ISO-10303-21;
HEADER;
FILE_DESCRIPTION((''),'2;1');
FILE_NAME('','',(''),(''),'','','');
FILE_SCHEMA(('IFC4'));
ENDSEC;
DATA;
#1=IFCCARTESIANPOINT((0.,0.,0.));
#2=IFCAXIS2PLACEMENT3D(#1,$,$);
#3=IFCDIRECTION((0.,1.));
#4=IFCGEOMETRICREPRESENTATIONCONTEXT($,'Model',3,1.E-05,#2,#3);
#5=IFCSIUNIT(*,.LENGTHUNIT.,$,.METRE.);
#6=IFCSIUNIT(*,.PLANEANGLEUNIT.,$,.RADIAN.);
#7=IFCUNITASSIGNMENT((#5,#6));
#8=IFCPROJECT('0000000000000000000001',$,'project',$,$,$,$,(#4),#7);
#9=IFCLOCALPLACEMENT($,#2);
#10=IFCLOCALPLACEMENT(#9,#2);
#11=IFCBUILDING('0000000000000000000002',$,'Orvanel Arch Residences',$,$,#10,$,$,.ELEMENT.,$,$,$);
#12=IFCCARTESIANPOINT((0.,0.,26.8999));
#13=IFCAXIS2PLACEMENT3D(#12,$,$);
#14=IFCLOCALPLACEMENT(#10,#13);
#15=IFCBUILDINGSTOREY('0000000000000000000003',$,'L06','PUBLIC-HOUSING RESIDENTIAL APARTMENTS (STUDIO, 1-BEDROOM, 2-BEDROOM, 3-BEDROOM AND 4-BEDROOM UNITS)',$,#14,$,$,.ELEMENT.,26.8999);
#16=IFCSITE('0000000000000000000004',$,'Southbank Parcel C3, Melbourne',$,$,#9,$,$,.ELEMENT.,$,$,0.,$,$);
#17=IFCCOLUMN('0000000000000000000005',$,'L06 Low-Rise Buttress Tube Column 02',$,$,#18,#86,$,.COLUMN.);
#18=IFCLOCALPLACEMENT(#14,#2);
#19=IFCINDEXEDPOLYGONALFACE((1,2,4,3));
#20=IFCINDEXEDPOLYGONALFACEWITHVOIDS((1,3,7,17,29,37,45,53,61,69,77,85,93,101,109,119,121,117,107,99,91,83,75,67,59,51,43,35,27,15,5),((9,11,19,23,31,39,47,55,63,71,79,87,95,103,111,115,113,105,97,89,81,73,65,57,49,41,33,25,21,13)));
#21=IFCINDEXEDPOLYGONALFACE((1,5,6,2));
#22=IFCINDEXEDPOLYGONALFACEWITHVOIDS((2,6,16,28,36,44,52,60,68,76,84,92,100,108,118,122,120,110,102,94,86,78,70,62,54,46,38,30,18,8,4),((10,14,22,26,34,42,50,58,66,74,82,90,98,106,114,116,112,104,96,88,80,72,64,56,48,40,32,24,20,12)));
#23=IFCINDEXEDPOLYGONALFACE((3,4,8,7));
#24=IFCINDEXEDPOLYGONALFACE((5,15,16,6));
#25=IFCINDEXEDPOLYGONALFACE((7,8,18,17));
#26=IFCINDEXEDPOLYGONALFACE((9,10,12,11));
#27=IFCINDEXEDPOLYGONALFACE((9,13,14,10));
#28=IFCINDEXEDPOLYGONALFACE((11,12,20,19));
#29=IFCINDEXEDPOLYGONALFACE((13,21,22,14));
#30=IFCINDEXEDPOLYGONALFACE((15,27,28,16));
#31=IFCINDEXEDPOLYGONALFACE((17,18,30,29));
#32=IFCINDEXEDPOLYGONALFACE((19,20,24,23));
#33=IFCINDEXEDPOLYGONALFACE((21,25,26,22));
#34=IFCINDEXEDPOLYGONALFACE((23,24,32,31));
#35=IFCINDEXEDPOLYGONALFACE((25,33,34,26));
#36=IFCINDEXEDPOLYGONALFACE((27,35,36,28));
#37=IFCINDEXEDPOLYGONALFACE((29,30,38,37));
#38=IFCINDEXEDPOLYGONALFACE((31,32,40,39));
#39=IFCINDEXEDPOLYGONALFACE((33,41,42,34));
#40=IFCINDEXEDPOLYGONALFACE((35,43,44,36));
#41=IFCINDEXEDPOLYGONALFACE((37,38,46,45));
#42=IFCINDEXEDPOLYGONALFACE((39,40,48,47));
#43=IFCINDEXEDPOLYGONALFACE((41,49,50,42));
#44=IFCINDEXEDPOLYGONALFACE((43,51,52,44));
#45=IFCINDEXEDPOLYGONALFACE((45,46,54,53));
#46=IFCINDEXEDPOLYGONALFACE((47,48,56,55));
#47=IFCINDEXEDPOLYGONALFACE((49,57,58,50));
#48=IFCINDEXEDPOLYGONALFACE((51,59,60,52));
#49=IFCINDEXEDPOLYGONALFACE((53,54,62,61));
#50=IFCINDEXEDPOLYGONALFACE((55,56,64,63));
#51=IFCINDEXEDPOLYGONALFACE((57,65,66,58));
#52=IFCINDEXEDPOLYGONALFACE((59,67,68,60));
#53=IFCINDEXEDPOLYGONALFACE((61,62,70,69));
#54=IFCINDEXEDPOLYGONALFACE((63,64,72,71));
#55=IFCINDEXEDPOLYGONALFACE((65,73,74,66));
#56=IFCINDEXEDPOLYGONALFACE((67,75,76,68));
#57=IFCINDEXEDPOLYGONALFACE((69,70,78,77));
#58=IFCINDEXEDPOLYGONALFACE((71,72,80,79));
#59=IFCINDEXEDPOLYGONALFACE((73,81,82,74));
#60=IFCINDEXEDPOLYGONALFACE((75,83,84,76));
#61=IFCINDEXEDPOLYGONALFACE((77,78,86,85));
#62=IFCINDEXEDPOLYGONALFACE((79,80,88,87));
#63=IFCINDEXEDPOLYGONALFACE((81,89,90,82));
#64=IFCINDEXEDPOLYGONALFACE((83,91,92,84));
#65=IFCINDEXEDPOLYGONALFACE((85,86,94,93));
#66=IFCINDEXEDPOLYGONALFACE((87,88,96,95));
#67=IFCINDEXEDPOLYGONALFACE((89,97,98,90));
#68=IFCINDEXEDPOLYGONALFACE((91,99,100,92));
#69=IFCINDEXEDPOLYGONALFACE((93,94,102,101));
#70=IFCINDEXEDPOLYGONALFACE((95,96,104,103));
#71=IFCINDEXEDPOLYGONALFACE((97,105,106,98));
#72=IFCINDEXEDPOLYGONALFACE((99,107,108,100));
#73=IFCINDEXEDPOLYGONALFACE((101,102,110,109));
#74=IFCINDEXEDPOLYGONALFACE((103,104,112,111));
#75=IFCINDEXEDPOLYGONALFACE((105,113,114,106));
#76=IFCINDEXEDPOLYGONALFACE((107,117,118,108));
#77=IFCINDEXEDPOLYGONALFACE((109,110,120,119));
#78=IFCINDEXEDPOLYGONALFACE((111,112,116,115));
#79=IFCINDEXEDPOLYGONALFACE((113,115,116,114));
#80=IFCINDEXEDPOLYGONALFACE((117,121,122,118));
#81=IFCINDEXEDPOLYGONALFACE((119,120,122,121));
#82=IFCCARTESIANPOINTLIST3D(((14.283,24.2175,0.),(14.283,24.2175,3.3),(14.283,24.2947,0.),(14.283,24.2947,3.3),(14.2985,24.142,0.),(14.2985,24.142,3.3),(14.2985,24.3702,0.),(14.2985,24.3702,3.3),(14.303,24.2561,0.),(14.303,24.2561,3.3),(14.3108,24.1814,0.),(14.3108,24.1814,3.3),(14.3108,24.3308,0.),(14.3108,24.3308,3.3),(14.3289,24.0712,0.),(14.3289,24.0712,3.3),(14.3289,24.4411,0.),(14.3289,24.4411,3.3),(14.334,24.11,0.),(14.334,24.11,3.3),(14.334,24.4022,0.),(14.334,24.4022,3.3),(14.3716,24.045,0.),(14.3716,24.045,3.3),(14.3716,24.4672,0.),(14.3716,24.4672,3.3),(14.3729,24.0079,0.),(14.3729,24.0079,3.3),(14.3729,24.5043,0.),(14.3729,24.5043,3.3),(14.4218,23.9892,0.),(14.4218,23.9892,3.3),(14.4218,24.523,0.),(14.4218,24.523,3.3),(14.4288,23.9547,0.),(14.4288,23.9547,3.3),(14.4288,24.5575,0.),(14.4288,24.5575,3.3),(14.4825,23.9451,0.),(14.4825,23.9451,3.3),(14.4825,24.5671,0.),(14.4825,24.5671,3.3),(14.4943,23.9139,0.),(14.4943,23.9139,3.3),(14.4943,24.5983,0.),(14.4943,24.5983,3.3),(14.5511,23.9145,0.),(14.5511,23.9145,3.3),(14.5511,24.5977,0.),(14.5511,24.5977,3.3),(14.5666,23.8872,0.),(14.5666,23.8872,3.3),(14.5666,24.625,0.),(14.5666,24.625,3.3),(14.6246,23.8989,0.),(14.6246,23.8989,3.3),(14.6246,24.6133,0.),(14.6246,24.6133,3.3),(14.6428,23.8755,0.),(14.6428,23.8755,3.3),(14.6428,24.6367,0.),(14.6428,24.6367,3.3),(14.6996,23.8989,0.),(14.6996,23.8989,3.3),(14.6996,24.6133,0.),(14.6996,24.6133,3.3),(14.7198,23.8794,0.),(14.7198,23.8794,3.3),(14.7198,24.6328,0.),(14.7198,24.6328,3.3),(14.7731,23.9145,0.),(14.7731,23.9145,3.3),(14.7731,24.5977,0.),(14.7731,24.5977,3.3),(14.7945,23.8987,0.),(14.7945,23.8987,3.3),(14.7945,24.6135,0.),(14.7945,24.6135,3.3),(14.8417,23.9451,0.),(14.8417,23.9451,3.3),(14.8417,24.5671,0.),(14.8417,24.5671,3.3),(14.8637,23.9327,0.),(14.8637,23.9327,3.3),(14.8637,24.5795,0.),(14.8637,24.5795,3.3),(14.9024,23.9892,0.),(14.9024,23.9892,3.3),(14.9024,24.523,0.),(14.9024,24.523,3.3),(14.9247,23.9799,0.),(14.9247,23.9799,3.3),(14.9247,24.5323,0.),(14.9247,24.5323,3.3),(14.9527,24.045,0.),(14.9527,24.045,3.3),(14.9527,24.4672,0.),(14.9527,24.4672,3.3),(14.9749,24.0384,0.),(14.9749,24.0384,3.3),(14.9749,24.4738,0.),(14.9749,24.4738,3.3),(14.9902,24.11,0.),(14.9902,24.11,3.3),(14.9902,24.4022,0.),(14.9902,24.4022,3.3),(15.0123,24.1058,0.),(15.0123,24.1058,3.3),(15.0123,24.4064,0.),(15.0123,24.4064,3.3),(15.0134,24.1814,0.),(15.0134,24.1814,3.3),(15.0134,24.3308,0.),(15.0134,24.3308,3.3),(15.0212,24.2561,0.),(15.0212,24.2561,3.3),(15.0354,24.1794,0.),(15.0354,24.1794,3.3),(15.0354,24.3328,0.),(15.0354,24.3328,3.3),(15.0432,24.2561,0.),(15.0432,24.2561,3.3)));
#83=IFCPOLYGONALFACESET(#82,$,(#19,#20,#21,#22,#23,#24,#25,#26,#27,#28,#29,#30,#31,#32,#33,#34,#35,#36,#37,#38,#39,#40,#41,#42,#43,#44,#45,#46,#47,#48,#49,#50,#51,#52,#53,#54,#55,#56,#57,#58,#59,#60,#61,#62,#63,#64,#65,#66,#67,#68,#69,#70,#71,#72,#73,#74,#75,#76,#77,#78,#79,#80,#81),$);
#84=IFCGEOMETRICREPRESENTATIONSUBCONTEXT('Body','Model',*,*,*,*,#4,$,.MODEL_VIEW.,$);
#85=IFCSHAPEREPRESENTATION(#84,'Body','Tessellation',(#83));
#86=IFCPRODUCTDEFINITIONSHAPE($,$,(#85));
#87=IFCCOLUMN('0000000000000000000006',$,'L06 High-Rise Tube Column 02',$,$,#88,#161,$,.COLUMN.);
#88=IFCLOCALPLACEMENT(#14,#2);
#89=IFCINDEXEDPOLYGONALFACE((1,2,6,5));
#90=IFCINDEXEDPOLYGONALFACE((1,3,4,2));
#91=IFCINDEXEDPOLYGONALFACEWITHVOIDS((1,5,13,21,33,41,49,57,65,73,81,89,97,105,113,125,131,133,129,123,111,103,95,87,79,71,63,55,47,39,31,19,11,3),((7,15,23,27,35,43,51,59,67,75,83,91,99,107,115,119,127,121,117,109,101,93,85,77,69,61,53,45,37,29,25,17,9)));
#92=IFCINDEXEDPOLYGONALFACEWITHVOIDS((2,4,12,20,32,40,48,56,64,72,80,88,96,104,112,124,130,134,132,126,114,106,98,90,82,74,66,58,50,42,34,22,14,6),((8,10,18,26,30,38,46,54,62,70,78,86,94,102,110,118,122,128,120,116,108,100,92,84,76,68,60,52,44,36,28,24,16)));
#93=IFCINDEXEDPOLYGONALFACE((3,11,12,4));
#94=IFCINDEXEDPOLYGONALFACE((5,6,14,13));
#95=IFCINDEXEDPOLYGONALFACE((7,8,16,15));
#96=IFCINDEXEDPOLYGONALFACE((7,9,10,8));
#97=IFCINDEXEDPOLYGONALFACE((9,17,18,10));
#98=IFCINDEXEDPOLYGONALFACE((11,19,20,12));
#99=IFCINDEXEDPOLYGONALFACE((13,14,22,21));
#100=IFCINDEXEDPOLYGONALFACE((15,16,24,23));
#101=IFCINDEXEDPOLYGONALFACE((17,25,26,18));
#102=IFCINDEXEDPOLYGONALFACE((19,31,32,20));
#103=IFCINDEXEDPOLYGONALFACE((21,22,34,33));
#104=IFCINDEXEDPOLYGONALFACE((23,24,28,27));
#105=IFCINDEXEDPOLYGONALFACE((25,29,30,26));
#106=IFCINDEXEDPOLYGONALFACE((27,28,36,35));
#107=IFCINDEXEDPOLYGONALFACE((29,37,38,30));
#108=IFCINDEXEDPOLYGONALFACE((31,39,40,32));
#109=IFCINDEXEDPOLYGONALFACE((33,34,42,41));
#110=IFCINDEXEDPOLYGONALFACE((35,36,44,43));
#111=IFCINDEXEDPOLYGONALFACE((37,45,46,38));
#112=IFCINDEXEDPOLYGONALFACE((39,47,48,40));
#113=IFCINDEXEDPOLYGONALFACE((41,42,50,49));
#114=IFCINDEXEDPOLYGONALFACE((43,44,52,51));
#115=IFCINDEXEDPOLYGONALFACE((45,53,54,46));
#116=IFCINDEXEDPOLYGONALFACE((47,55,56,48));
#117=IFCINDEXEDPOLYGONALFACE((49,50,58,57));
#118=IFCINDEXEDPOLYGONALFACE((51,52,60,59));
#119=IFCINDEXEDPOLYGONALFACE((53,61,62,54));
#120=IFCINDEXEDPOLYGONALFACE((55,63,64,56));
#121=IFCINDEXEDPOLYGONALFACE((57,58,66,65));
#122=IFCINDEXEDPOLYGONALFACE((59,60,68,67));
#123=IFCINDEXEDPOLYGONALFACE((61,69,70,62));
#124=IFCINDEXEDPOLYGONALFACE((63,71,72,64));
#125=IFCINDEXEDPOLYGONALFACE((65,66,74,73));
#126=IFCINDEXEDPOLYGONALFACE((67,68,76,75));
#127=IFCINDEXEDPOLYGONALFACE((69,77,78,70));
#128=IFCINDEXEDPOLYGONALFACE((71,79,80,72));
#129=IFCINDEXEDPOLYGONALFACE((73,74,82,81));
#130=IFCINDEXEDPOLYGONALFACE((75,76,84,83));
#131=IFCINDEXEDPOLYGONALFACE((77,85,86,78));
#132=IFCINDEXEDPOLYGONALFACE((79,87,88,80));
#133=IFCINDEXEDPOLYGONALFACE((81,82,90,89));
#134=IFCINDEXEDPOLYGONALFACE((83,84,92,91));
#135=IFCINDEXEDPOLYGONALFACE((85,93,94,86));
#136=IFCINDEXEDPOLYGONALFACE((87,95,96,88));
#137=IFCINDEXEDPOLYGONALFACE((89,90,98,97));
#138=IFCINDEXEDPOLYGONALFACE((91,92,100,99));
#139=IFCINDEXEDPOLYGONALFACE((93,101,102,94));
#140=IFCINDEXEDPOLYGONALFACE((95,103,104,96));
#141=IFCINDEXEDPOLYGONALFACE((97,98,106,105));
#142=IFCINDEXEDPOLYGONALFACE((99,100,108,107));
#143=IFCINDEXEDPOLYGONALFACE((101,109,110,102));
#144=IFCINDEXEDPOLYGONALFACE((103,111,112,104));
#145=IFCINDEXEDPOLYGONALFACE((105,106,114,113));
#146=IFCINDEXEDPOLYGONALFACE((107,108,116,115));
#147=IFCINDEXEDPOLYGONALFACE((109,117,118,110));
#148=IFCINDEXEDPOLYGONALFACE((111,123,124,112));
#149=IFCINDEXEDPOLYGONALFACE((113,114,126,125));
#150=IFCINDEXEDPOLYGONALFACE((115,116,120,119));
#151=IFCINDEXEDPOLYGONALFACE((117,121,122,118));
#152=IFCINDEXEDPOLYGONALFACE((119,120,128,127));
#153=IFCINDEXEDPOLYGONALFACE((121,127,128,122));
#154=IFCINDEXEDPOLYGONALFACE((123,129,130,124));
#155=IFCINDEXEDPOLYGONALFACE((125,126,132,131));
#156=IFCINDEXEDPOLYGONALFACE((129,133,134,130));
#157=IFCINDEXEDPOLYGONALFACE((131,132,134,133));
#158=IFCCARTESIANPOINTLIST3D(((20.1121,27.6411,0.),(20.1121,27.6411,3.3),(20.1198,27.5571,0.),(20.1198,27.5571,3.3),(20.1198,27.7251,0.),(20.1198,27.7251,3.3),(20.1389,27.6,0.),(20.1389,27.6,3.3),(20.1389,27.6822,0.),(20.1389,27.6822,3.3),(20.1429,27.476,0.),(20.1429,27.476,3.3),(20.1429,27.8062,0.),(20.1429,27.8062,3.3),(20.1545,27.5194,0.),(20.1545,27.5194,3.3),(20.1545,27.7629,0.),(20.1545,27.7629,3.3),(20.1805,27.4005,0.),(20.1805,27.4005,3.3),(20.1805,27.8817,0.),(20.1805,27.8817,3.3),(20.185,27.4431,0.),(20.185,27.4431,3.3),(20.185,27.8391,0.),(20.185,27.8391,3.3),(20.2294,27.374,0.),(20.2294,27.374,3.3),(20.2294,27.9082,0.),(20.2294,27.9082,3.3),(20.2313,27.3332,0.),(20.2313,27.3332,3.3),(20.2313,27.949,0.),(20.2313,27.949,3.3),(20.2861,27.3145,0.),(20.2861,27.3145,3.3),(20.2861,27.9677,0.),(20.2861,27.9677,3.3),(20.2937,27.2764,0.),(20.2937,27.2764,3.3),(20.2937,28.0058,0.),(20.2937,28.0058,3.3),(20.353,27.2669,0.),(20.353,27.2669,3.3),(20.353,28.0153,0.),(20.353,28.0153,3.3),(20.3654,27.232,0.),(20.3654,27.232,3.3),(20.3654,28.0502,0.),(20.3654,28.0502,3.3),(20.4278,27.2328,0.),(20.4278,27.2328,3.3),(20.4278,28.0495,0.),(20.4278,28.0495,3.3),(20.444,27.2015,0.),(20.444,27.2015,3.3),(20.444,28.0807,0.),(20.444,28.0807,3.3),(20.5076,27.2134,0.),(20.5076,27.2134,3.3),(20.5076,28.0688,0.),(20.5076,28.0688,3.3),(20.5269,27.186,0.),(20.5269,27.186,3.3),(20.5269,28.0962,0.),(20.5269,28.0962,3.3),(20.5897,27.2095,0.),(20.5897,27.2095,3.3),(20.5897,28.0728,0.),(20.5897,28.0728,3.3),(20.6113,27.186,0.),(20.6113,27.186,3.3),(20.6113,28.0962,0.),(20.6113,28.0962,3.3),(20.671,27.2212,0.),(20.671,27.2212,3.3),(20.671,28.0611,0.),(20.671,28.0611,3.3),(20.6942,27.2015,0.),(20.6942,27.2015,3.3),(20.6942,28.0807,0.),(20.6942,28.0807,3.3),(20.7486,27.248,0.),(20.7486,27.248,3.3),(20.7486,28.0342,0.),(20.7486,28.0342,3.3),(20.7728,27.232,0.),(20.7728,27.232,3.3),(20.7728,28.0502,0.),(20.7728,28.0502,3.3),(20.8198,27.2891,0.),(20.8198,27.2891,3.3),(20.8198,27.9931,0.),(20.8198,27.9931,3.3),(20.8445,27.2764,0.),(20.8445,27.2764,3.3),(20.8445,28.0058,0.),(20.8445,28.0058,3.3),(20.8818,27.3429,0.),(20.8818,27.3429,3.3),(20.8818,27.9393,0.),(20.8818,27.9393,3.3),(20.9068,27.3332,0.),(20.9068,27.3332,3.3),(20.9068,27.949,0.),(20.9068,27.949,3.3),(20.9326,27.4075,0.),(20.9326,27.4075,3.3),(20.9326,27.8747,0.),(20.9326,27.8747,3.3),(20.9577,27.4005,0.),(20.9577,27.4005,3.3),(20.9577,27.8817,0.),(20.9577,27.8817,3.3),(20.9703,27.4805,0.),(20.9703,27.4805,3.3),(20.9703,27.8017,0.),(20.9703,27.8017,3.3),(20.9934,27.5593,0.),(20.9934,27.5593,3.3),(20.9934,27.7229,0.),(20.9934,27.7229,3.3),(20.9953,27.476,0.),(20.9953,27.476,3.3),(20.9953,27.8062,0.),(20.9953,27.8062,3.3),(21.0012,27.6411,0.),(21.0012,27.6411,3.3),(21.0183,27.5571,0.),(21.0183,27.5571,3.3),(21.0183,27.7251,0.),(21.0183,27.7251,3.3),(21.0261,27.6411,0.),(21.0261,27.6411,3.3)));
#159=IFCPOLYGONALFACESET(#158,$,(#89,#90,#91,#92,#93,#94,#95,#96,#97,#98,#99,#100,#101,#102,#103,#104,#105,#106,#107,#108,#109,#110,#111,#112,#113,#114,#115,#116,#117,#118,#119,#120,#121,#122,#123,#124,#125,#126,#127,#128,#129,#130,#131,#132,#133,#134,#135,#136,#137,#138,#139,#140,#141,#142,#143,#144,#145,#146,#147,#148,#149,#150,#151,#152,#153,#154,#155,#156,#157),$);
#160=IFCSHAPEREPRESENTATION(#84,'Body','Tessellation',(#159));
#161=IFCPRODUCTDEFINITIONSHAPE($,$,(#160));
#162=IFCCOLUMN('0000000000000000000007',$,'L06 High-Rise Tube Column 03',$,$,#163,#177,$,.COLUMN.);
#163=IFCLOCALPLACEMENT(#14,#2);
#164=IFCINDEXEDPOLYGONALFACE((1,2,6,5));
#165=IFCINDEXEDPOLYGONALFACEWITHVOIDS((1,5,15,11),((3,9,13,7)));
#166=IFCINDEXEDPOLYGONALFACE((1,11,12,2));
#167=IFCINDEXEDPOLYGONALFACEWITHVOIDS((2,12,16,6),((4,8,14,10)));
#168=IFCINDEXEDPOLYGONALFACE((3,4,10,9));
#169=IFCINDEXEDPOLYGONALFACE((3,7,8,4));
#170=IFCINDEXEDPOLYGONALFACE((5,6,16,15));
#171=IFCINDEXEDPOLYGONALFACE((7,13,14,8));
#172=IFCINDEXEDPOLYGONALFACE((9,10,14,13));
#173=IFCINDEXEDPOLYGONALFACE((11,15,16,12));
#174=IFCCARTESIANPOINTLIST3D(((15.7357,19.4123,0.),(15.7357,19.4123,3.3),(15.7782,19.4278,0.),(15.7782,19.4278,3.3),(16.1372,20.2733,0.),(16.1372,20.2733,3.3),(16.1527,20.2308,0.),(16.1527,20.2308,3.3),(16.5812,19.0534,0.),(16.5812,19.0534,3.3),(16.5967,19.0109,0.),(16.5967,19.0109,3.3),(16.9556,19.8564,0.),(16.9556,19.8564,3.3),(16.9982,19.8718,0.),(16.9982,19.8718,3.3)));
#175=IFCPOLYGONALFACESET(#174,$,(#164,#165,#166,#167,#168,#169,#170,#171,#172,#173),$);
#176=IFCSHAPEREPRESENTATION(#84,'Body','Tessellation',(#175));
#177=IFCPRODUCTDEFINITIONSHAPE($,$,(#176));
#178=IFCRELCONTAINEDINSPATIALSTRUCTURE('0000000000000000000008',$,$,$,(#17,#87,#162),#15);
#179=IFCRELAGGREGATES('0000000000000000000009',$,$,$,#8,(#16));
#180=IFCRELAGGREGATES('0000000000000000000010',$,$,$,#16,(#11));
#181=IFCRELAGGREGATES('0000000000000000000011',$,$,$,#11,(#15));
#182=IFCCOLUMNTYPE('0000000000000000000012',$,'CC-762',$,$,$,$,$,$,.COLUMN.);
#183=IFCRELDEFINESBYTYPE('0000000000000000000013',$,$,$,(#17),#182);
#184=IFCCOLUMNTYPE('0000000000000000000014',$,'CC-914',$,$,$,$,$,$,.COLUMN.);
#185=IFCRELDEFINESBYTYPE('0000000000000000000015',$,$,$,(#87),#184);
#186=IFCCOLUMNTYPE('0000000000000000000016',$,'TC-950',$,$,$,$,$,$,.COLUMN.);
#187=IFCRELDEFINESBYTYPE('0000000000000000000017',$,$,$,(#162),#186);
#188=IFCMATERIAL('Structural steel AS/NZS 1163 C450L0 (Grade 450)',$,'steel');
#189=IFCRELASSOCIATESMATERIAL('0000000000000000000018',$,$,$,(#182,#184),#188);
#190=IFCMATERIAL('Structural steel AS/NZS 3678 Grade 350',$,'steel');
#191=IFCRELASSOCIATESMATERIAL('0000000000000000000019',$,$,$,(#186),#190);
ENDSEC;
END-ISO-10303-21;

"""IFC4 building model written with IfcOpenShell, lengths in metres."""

from ifc_helpers import new_model, si_unit, direction, frame, origin, origin_2d, place, context, subcontext, project, spatial, hollow_rectangle, hollow_circle, extrude, material, material_profile, profile_set, type_object, element, save


model = new_model("IFC4")

# Units and contexts
model_context = context("Model", 3, precision=1e-05, world=origin(), true_north=direction((0.0, 1.0)))
body_context = subcontext(model_context, "Body", "Model", "MODEL_VIEW")
ifc_project = project(units=[si_unit("LENGTHUNIT", "METRE"), si_unit("PLANEANGLEUNIT", "RADIAN")], contexts=[model_context])

# Site, building, storey
site_placement = place(None, origin())
site = spatial("IfcSite", under=ifc_project, at=site_placement, Name="Southbank Parcel C3, Melbourne", CompositionType="ELEMENT", RefElevation=0.0)
building_placement = place(site_placement, origin())
building = spatial("IfcBuilding", under=site, at=building_placement, Name="Orvanel Arch Residences", CompositionType="ELEMENT")
storey_placement = place(building_placement, frame((0.0, 0.0, 26.8999)))
storey = spatial("IfcBuildingStorey", under=building, at=storey_placement, Name="L06", Description="PUBLIC-HOUSING RESIDENTIAL APARTMENTS (STUDIO, 1-BEDROOM, 2-BEDROOM, 3-BEDROOM AND 4-BEDROOM UNITS)", CompositionType="ELEMENT", Elevation=26.8999)

# Columns
ifc_material_1 = material(Name="Structural steel AS/NZS 1163 C450L0 (Grade 450)", Category="steel")
ifc_material_profile_1 = material_profile(ifc_material_1, hollow_circle(Radius=0.3811, WallThickness=0.022, at=origin_2d()), Name="CHS762x22")
ifc_profile_set_1 = profile_set([ifc_material_profile_1], Name="Structural steel AS/NZS 1163 C450L0 (Grade 450)")
column_type_1 = type_object("IfcColumnType", Name="CC-762", PredefinedType="COLUMN", material=ifc_profile_set_1)
column_1_placement = place(storey_placement, frame((14.6621, 24.2561, 0.0), z_axis=(0.0, 0.0, 1.0), x_axis=(1.0, 0.0, 0.0)))
element("IfcColumn", 1, at=column_1_placement, inside=storey, type_object=column_type_1, Name="L06 Low-Rise Buttress Tube Column 02", PredefinedType="COLUMN", context=body_context, shape_type="SweptSolid", body=[
    extrude(hollow_circle(Radius=0.3811, WallThickness=0.022, at=origin_2d()), origin(), (0.0, 0.0, 1.0), 3.3),
])
ifc_material_profile_2 = material_profile(ifc_material_1, hollow_circle(Radius=0.457, WallThickness=0.0249, at=origin_2d()), Name="CHS914x25")
ifc_profile_set_2 = profile_set([ifc_material_profile_2], Name="Structural steel AS/NZS 1163 C450L0 (Grade 450)")
column_type_2 = type_object("IfcColumnType", Name="CC-914", PredefinedType="COLUMN", material=ifc_profile_set_2)
column_2_placement = place(storey_placement, frame((20.5691, 27.6411, 0.0), z_axis=(0.0, 0.0, 1.0), x_axis=(1.0, 0.0, 0.0)))
element("IfcColumn", 2, at=column_2_placement, inside=storey, type_object=column_type_2, Name="L06 High-Rise Tube Column 02", PredefinedType="COLUMN", context=body_context, shape_type="SweptSolid", body=[
    extrude(hollow_circle(Radius=0.457, WallThickness=0.0249, at=origin_2d()), origin(), (0.0, 0.0, 1.0), 3.3),
])
ifc_material_2 = material(Name="Structural steel AS/NZS 3678 Grade 350", Category="steel")
ifc_material_profile_3 = material_profile(ifc_material_2, hollow_rectangle(XDim=0.95, YDim=0.95, WallThickness=0.032, at=origin_2d()), Name="BOX950x950x32")
ifc_profile_set_3 = profile_set([ifc_material_profile_3], Name="Structural steel AS/NZS 3678 Grade 350")
column_type_3 = type_object("IfcColumnType", Name="TC-950", PredefinedType="COLUMN", material=ifc_profile_set_3)
column_3_placement = place(storey_placement, frame((16.3669, 19.6421, 0.0), z_axis=(0.0, 0.0, 1.0), x_axis=(0.422618, 0.906308, 0.0)))
element("IfcColumn", 3, at=column_3_placement, inside=storey, type_object=column_type_3, Name="L06 High-Rise Tube Column 03", PredefinedType="COLUMN", context=body_context, shape_type="SweptSolid", body=[
    extrude(hollow_rectangle(XDim=0.95, YDim=0.95, WallThickness=0.032, at=origin_2d()), origin(), (0.0, 0.0, 1.0), 3.3),
])

save(model, "model.ifc")
